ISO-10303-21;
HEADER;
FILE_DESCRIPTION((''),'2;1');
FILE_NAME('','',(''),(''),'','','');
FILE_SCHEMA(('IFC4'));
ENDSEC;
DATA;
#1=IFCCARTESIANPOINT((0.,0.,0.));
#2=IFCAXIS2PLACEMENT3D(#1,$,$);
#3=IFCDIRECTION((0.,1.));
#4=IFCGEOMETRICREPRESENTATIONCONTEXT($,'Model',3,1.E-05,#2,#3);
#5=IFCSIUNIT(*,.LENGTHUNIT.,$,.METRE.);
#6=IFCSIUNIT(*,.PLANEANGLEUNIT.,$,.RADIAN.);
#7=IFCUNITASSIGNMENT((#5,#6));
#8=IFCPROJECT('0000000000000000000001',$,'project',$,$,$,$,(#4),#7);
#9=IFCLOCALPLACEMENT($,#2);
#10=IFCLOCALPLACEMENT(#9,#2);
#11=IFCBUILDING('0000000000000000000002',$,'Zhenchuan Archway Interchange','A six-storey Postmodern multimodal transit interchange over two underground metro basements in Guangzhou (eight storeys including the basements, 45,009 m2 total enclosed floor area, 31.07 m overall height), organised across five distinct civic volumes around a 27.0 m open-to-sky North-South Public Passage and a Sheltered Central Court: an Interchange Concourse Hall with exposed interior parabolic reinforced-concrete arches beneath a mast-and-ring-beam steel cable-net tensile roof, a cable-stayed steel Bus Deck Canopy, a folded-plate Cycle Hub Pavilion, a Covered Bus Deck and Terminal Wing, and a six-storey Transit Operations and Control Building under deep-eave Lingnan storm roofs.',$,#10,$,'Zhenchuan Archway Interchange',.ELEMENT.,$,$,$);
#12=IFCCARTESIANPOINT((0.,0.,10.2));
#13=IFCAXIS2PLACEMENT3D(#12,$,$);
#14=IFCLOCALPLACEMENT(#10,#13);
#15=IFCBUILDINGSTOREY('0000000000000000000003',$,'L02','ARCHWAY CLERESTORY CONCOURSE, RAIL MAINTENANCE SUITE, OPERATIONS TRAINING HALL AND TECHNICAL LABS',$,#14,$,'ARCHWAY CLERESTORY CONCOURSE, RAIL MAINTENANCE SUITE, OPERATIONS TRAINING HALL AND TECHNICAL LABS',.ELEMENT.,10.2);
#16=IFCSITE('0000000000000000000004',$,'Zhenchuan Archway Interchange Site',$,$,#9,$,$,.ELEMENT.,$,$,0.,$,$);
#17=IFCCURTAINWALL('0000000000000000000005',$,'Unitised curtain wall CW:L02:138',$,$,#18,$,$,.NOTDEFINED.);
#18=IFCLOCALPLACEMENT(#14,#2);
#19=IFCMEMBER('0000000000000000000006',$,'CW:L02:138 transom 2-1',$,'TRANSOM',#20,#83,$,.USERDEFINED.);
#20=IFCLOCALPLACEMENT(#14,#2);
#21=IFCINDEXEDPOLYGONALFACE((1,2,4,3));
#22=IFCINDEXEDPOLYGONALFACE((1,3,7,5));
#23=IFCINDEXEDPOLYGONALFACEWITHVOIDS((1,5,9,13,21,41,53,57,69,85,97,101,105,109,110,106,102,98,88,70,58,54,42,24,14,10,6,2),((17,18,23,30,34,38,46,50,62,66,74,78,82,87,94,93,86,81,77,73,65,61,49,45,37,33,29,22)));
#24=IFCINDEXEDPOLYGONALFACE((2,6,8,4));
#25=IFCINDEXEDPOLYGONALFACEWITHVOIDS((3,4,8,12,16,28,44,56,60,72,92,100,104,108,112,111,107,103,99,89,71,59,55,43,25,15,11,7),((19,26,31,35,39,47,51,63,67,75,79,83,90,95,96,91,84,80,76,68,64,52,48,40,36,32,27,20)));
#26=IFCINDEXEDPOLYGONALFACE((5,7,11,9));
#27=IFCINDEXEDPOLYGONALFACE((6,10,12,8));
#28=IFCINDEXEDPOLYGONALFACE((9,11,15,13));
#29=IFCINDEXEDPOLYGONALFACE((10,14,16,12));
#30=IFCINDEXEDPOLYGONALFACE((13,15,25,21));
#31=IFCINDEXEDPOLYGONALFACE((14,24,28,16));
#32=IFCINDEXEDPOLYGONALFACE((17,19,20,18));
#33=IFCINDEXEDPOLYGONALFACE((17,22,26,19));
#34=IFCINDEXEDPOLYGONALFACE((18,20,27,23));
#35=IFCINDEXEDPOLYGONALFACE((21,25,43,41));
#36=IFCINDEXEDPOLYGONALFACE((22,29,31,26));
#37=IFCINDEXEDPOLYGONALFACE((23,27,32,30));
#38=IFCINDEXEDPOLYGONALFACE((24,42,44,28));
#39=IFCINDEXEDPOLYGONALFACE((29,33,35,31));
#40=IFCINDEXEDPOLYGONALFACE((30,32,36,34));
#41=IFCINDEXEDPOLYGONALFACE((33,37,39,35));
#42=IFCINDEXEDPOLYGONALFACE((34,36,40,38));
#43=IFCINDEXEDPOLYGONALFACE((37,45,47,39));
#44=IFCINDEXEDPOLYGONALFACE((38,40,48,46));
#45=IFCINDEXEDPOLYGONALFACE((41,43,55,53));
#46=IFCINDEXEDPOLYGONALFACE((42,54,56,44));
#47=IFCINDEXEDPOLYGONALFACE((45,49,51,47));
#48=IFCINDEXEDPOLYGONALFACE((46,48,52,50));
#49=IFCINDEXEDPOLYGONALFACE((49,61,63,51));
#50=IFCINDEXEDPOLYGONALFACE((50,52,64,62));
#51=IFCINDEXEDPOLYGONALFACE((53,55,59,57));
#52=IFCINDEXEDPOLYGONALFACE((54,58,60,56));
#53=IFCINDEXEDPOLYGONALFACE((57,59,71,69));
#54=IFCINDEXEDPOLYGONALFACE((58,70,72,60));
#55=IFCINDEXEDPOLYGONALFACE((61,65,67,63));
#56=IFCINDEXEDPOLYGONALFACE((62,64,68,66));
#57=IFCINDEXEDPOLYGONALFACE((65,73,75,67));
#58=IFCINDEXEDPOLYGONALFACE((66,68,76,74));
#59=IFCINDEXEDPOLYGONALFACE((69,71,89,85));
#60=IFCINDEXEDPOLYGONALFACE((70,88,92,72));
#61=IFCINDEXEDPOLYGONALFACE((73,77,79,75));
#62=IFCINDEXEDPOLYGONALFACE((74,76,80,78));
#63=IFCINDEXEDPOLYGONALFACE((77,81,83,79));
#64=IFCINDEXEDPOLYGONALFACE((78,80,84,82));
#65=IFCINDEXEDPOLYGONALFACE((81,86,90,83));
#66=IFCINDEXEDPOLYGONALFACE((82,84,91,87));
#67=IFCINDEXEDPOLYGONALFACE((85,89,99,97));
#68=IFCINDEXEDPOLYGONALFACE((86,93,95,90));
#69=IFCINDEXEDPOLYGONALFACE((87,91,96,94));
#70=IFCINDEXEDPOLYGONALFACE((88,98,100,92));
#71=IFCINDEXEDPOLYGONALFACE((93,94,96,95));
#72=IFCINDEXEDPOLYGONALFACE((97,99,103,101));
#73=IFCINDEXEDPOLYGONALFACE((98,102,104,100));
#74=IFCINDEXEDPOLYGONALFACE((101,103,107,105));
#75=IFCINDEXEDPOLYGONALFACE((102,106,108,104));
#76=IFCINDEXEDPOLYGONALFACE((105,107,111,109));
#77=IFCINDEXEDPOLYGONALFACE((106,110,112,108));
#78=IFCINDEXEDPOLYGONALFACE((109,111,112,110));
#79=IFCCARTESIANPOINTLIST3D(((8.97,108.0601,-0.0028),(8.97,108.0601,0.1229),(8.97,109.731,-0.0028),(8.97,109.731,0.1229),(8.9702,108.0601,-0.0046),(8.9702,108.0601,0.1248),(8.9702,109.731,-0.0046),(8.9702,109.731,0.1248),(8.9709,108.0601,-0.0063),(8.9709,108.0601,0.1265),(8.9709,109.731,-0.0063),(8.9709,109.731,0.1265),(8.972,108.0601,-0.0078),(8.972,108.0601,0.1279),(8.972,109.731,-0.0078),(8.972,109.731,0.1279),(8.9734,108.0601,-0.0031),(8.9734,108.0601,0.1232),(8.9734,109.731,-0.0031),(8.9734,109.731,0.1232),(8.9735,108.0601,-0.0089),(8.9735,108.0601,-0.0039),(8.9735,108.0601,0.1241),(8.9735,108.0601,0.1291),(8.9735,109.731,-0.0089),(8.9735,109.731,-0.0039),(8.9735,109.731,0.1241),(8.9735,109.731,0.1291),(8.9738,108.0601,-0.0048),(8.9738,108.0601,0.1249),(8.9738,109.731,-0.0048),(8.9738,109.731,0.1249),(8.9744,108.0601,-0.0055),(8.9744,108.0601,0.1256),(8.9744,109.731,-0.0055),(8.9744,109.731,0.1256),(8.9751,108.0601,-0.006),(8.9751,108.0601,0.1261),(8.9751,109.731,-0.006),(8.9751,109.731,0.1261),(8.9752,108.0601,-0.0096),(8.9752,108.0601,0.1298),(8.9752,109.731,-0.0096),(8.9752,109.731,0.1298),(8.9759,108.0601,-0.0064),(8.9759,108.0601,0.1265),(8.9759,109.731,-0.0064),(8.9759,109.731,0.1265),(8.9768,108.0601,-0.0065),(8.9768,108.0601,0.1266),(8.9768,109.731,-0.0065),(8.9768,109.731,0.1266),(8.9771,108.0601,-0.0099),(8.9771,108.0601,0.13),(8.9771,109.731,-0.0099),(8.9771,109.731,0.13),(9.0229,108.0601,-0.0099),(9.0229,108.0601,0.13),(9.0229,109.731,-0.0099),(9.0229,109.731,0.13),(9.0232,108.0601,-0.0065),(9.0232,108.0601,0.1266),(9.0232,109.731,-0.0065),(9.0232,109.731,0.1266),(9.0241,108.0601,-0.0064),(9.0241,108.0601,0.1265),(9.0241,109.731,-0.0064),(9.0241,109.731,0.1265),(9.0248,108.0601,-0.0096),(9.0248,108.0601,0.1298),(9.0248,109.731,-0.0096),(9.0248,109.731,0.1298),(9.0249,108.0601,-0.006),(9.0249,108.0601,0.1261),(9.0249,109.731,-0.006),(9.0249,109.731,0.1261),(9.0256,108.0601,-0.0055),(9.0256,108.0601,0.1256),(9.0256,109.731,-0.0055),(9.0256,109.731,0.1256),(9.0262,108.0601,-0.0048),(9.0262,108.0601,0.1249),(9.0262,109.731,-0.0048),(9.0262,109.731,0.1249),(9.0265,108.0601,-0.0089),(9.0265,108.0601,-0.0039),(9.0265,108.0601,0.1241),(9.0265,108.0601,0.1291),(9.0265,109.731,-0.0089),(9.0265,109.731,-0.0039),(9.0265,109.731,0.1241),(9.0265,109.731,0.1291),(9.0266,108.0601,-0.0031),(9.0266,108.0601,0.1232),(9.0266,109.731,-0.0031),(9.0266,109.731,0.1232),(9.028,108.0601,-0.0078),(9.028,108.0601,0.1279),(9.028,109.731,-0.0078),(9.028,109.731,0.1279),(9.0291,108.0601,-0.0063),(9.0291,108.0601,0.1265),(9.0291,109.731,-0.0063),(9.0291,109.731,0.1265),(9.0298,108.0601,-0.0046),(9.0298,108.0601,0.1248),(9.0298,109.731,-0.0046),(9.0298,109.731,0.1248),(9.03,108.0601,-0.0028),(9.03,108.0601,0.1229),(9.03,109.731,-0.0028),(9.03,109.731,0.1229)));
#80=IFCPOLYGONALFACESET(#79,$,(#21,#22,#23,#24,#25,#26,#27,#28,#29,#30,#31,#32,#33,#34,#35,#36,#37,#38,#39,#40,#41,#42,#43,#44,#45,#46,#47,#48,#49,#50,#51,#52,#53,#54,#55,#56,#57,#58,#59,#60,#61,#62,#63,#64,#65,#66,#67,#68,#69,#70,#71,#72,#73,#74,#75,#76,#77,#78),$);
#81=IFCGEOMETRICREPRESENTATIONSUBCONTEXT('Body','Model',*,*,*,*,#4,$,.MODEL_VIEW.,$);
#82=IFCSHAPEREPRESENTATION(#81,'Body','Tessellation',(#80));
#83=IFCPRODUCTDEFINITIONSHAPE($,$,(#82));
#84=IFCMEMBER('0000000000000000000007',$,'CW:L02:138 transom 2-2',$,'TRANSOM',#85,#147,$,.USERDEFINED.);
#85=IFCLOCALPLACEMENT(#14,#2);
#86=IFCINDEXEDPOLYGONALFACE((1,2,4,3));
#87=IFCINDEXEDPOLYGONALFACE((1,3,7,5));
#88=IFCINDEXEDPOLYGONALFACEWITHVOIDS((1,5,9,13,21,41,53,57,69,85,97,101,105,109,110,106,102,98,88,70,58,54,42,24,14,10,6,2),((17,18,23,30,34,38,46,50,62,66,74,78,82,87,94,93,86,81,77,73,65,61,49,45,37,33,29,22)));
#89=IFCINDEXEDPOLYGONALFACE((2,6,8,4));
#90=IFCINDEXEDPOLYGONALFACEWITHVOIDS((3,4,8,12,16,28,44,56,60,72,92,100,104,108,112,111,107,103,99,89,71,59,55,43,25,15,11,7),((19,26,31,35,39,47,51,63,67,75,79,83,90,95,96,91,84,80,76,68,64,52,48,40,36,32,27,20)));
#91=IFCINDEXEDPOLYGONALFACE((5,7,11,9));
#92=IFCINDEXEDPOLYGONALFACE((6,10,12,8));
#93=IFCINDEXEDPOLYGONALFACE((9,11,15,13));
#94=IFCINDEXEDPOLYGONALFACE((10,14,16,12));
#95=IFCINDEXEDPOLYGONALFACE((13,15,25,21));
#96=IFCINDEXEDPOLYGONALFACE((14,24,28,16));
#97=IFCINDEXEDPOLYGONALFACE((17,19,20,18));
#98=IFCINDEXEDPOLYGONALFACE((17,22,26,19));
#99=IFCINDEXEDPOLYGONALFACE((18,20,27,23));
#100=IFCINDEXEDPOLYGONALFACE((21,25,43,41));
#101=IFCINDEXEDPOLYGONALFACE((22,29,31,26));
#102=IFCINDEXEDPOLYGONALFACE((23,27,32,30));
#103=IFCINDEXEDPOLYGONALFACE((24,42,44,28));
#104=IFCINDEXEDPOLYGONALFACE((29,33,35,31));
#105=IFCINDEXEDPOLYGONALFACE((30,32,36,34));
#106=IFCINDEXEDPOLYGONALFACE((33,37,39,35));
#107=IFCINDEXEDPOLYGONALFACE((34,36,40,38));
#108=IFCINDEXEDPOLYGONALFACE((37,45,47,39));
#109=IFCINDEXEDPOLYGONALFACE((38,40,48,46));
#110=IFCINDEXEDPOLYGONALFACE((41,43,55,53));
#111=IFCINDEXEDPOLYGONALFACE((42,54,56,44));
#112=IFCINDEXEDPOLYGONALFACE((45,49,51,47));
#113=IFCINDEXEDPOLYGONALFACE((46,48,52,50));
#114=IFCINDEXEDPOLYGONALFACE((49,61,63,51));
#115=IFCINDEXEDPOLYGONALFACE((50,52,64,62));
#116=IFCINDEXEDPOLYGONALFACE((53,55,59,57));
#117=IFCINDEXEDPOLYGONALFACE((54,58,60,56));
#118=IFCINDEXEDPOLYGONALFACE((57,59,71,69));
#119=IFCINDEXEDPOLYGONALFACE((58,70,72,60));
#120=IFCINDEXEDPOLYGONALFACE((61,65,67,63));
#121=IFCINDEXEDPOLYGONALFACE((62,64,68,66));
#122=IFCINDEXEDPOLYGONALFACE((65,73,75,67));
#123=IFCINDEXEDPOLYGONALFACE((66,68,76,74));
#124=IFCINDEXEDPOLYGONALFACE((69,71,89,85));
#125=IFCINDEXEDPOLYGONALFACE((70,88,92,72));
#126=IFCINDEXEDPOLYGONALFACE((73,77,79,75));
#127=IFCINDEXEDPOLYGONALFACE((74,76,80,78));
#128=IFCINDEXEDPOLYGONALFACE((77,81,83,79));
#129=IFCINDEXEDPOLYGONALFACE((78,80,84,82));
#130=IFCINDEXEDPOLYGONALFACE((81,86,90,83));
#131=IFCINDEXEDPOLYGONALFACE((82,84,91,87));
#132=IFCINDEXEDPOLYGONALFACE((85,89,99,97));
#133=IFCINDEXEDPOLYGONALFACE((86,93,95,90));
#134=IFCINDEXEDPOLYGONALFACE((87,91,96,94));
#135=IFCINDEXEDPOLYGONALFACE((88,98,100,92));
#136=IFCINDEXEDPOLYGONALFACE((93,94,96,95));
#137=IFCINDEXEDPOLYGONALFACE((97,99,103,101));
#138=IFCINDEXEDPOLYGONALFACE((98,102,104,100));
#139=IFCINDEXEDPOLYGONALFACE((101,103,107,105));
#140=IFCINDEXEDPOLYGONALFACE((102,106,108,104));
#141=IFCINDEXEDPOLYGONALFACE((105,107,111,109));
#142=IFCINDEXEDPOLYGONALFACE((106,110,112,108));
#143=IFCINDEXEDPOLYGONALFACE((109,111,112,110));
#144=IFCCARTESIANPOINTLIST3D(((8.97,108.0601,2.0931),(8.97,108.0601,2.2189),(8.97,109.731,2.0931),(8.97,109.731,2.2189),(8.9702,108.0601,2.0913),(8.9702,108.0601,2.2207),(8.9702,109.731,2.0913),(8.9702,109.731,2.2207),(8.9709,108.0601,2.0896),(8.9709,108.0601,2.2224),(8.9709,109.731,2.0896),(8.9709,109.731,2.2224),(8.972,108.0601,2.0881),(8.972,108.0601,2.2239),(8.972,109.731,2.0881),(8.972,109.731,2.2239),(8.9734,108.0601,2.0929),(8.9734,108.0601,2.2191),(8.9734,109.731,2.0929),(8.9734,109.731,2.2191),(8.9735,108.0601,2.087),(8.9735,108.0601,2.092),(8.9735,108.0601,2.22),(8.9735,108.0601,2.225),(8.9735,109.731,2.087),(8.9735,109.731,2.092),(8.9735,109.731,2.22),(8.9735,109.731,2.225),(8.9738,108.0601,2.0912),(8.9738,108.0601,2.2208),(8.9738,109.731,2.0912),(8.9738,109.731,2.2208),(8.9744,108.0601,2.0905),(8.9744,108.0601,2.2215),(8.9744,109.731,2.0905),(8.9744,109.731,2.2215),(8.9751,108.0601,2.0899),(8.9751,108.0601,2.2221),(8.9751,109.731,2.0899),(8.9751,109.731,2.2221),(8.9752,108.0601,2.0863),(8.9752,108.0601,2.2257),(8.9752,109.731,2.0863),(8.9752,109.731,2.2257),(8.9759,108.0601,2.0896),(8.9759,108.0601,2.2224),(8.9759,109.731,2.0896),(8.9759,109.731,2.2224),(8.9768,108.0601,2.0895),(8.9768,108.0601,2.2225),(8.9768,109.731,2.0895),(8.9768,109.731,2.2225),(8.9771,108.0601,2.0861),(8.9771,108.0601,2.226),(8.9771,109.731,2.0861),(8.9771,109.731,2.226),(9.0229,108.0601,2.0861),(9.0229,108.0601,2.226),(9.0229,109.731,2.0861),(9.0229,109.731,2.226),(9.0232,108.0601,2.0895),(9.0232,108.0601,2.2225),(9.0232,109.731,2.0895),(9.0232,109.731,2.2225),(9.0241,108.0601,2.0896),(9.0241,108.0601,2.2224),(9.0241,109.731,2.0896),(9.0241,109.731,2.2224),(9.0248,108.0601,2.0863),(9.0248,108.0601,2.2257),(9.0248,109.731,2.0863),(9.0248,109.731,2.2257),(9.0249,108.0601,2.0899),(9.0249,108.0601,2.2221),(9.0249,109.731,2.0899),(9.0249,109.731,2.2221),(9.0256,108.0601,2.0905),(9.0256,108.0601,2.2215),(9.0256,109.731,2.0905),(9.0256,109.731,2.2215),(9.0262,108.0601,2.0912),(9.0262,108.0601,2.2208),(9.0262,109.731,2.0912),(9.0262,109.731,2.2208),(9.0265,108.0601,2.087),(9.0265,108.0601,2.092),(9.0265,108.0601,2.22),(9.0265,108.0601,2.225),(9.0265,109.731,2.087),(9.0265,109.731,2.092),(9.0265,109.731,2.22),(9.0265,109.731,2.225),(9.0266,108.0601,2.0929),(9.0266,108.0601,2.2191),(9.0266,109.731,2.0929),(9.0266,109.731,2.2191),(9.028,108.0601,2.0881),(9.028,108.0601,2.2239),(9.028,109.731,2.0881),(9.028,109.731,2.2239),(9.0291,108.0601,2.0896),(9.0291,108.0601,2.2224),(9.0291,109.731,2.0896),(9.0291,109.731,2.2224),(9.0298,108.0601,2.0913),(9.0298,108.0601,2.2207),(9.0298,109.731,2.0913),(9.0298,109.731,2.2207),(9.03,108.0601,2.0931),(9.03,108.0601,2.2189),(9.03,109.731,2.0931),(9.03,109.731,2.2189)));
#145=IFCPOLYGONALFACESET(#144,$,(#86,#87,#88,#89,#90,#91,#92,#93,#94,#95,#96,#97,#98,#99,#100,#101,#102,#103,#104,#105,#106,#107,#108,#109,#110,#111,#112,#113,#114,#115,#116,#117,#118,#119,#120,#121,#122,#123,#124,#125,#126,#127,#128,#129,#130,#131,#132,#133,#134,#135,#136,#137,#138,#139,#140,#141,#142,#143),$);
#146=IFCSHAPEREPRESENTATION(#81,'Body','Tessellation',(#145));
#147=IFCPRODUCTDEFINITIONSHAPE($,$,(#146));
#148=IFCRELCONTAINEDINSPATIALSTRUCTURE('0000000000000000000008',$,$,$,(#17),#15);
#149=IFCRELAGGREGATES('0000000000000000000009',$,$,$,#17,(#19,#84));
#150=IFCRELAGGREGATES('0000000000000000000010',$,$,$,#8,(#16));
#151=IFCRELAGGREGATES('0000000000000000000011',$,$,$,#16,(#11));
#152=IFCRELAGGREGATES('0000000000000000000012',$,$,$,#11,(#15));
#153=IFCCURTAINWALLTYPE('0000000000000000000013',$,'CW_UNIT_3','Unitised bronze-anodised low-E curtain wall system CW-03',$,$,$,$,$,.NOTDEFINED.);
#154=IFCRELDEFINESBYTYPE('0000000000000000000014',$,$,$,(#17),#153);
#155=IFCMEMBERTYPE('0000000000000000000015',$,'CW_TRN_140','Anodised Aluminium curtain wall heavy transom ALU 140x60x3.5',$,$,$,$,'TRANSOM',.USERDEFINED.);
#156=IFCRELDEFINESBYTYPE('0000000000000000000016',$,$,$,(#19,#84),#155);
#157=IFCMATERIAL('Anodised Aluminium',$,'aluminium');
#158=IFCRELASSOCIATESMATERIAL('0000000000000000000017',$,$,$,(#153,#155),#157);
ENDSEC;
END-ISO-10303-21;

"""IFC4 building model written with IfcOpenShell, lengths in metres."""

from ifc_helpers import new_model, si_unit, direction, frame, origin, origin_2d, place, context, subcontext, project, spatial, hollow_rectangle, extrude, material, material_profile, profile_set, type_object, element, aggregate, save


model = new_model("IFC4")

# Units and contexts
model_context = context("Model", 3, precision=1e-05, world=origin(), true_north=direction((0.0, 1.0)))
body_context = subcontext(model_context, "Body", "Model", "MODEL_VIEW")
ifc_project = project(units=[si_unit("LENGTHUNIT", "METRE"), si_unit("PLANEANGLEUNIT", "RADIAN")], contexts=[model_context])

# Site, building, storey
site_placement = place(None, origin())
site = spatial("IfcSite", under=ifc_project, at=site_placement, Name="Zhenchuan Archway Interchange Site", CompositionType="ELEMENT", RefElevation=0.0)
building_placement = place(site_placement, origin())
building = spatial("IfcBuilding", under=site, at=building_placement, Name="Zhenchuan Archway Interchange", Description="A six-storey Postmodern multimodal transit interchange over two underground metro basements in Guangzhou (eight storeys including the basements, 45,009 m2 total enclosed floor area, 31.07 m overall height), organised across five distinct civic volumes around a 27.0 m open-to-sky North-South Public Passage and a Sheltered Central Court: an Interchange Concourse Hall with exposed interior parabolic reinforced-concrete arches beneath a mast-and-ring-beam steel cable-net tensile roof, a cable-stayed steel Bus Deck Canopy, a folded-plate Cycle Hub Pavilion, a Covered Bus Deck and Terminal Wing, and a six-storey Transit Operations and Control Building under deep-eave Lingnan storm roofs.", LongName="Zhenchuan Archway Interchange", CompositionType="ELEMENT")
storey_placement = place(building_placement, frame((0.0, 0.0, 10.2)))
storey = spatial("IfcBuildingStorey", under=building, at=storey_placement, Name="L02", Description="ARCHWAY CLERESTORY CONCOURSE, RAIL MAINTENANCE SUITE, OPERATIONS TRAINING HALL AND TECHNICAL LABS", LongName="ARCHWAY CLERESTORY CONCOURSE, RAIL MAINTENANCE SUITE, OPERATIONS TRAINING HALL AND TECHNICAL LABS", CompositionType="ELEMENT", Elevation=10.2)

# Curtain wall, members
ifc_material_1 = material(Name="Anodised Aluminium", Category="aluminium")
curtain_wall_type = type_object("IfcCurtainWallType", Name="CW_UNIT_3", Description="Unitised bronze-anodised low-E curtain wall system CW-03", PredefinedType="NOTDEFINED", material=ifc_material_1)
curtain_wall_placement = place(storey_placement, origin())
curtain_wall = element("IfcCurtainWall", 1, at=curtain_wall_placement, inside=storey, type_object=curtain_wall_type, Name="Unitised curtain wall CW:L02:138", PredefinedType="NOTDEFINED")
ifc_material_profile_1 = material_profile(ifc_material_1, hollow_rectangle(XDim=0.0601, YDim=0.1399, WallThickness=0.0034, InnerFilletRadius=0.0034, OuterFilletRadius=0.0071, at=origin_2d()), Name="ALU 140x60x3.5")
ifc_profile_set_1 = profile_set([ifc_material_profile_1], Name="Anodised Aluminium")
member_type_1 = type_object("IfcMemberType", Name="CW_TRN_140", Description="Anodised Aluminium curtain wall heavy transom ALU 140x60x3.5", ElementType="TRANSOM", PredefinedType="USERDEFINED", material=ifc_profile_set_1)
member_1_placement = place(storey_placement, frame((9.0, 108.0601, 0.0601), z_axis=(0.0, 1.0, 0.0), x_axis=(-1.0, 0.0, 0.0)))
member_1 = element("IfcMember", 2, at=member_1_placement, type_object=member_type_1, Name="CW:L02:138 transom 2-1", ObjectType="TRANSOM", PredefinedType="USERDEFINED", context=body_context, shape_type="SweptSolid", body=[
    extrude(hollow_rectangle(XDim=0.0601, YDim=0.1399, WallThickness=0.0034, InnerFilletRadius=0.0034, OuterFilletRadius=0.0071, at=origin_2d()), origin(), (0.0, 0.0, 1.0), 1.6709),
])
member_2_placement = place(storey_placement, frame((9.0, 108.0601, 2.156), z_axis=(0.0, 1.0, 0.0), x_axis=(-1.0, 0.0, 0.0)))
member_2 = element("IfcMember", 3, at=member_2_placement, type_object=member_type_1, Name="CW:L02:138 transom 2-2", ObjectType="TRANSOM", PredefinedType="USERDEFINED", context=body_context, shape_type="SweptSolid", body=[
    extrude(hollow_rectangle(XDim=0.0601, YDim=0.1399, WallThickness=0.0034, InnerFilletRadius=0.0034, OuterFilletRadius=0.0071, at=origin_2d()), origin(), (0.0, 0.0, 1.0), 1.6709),
])
aggregate(curtain_wall, [member_1, member_2])

save(model, "model.ifc")
